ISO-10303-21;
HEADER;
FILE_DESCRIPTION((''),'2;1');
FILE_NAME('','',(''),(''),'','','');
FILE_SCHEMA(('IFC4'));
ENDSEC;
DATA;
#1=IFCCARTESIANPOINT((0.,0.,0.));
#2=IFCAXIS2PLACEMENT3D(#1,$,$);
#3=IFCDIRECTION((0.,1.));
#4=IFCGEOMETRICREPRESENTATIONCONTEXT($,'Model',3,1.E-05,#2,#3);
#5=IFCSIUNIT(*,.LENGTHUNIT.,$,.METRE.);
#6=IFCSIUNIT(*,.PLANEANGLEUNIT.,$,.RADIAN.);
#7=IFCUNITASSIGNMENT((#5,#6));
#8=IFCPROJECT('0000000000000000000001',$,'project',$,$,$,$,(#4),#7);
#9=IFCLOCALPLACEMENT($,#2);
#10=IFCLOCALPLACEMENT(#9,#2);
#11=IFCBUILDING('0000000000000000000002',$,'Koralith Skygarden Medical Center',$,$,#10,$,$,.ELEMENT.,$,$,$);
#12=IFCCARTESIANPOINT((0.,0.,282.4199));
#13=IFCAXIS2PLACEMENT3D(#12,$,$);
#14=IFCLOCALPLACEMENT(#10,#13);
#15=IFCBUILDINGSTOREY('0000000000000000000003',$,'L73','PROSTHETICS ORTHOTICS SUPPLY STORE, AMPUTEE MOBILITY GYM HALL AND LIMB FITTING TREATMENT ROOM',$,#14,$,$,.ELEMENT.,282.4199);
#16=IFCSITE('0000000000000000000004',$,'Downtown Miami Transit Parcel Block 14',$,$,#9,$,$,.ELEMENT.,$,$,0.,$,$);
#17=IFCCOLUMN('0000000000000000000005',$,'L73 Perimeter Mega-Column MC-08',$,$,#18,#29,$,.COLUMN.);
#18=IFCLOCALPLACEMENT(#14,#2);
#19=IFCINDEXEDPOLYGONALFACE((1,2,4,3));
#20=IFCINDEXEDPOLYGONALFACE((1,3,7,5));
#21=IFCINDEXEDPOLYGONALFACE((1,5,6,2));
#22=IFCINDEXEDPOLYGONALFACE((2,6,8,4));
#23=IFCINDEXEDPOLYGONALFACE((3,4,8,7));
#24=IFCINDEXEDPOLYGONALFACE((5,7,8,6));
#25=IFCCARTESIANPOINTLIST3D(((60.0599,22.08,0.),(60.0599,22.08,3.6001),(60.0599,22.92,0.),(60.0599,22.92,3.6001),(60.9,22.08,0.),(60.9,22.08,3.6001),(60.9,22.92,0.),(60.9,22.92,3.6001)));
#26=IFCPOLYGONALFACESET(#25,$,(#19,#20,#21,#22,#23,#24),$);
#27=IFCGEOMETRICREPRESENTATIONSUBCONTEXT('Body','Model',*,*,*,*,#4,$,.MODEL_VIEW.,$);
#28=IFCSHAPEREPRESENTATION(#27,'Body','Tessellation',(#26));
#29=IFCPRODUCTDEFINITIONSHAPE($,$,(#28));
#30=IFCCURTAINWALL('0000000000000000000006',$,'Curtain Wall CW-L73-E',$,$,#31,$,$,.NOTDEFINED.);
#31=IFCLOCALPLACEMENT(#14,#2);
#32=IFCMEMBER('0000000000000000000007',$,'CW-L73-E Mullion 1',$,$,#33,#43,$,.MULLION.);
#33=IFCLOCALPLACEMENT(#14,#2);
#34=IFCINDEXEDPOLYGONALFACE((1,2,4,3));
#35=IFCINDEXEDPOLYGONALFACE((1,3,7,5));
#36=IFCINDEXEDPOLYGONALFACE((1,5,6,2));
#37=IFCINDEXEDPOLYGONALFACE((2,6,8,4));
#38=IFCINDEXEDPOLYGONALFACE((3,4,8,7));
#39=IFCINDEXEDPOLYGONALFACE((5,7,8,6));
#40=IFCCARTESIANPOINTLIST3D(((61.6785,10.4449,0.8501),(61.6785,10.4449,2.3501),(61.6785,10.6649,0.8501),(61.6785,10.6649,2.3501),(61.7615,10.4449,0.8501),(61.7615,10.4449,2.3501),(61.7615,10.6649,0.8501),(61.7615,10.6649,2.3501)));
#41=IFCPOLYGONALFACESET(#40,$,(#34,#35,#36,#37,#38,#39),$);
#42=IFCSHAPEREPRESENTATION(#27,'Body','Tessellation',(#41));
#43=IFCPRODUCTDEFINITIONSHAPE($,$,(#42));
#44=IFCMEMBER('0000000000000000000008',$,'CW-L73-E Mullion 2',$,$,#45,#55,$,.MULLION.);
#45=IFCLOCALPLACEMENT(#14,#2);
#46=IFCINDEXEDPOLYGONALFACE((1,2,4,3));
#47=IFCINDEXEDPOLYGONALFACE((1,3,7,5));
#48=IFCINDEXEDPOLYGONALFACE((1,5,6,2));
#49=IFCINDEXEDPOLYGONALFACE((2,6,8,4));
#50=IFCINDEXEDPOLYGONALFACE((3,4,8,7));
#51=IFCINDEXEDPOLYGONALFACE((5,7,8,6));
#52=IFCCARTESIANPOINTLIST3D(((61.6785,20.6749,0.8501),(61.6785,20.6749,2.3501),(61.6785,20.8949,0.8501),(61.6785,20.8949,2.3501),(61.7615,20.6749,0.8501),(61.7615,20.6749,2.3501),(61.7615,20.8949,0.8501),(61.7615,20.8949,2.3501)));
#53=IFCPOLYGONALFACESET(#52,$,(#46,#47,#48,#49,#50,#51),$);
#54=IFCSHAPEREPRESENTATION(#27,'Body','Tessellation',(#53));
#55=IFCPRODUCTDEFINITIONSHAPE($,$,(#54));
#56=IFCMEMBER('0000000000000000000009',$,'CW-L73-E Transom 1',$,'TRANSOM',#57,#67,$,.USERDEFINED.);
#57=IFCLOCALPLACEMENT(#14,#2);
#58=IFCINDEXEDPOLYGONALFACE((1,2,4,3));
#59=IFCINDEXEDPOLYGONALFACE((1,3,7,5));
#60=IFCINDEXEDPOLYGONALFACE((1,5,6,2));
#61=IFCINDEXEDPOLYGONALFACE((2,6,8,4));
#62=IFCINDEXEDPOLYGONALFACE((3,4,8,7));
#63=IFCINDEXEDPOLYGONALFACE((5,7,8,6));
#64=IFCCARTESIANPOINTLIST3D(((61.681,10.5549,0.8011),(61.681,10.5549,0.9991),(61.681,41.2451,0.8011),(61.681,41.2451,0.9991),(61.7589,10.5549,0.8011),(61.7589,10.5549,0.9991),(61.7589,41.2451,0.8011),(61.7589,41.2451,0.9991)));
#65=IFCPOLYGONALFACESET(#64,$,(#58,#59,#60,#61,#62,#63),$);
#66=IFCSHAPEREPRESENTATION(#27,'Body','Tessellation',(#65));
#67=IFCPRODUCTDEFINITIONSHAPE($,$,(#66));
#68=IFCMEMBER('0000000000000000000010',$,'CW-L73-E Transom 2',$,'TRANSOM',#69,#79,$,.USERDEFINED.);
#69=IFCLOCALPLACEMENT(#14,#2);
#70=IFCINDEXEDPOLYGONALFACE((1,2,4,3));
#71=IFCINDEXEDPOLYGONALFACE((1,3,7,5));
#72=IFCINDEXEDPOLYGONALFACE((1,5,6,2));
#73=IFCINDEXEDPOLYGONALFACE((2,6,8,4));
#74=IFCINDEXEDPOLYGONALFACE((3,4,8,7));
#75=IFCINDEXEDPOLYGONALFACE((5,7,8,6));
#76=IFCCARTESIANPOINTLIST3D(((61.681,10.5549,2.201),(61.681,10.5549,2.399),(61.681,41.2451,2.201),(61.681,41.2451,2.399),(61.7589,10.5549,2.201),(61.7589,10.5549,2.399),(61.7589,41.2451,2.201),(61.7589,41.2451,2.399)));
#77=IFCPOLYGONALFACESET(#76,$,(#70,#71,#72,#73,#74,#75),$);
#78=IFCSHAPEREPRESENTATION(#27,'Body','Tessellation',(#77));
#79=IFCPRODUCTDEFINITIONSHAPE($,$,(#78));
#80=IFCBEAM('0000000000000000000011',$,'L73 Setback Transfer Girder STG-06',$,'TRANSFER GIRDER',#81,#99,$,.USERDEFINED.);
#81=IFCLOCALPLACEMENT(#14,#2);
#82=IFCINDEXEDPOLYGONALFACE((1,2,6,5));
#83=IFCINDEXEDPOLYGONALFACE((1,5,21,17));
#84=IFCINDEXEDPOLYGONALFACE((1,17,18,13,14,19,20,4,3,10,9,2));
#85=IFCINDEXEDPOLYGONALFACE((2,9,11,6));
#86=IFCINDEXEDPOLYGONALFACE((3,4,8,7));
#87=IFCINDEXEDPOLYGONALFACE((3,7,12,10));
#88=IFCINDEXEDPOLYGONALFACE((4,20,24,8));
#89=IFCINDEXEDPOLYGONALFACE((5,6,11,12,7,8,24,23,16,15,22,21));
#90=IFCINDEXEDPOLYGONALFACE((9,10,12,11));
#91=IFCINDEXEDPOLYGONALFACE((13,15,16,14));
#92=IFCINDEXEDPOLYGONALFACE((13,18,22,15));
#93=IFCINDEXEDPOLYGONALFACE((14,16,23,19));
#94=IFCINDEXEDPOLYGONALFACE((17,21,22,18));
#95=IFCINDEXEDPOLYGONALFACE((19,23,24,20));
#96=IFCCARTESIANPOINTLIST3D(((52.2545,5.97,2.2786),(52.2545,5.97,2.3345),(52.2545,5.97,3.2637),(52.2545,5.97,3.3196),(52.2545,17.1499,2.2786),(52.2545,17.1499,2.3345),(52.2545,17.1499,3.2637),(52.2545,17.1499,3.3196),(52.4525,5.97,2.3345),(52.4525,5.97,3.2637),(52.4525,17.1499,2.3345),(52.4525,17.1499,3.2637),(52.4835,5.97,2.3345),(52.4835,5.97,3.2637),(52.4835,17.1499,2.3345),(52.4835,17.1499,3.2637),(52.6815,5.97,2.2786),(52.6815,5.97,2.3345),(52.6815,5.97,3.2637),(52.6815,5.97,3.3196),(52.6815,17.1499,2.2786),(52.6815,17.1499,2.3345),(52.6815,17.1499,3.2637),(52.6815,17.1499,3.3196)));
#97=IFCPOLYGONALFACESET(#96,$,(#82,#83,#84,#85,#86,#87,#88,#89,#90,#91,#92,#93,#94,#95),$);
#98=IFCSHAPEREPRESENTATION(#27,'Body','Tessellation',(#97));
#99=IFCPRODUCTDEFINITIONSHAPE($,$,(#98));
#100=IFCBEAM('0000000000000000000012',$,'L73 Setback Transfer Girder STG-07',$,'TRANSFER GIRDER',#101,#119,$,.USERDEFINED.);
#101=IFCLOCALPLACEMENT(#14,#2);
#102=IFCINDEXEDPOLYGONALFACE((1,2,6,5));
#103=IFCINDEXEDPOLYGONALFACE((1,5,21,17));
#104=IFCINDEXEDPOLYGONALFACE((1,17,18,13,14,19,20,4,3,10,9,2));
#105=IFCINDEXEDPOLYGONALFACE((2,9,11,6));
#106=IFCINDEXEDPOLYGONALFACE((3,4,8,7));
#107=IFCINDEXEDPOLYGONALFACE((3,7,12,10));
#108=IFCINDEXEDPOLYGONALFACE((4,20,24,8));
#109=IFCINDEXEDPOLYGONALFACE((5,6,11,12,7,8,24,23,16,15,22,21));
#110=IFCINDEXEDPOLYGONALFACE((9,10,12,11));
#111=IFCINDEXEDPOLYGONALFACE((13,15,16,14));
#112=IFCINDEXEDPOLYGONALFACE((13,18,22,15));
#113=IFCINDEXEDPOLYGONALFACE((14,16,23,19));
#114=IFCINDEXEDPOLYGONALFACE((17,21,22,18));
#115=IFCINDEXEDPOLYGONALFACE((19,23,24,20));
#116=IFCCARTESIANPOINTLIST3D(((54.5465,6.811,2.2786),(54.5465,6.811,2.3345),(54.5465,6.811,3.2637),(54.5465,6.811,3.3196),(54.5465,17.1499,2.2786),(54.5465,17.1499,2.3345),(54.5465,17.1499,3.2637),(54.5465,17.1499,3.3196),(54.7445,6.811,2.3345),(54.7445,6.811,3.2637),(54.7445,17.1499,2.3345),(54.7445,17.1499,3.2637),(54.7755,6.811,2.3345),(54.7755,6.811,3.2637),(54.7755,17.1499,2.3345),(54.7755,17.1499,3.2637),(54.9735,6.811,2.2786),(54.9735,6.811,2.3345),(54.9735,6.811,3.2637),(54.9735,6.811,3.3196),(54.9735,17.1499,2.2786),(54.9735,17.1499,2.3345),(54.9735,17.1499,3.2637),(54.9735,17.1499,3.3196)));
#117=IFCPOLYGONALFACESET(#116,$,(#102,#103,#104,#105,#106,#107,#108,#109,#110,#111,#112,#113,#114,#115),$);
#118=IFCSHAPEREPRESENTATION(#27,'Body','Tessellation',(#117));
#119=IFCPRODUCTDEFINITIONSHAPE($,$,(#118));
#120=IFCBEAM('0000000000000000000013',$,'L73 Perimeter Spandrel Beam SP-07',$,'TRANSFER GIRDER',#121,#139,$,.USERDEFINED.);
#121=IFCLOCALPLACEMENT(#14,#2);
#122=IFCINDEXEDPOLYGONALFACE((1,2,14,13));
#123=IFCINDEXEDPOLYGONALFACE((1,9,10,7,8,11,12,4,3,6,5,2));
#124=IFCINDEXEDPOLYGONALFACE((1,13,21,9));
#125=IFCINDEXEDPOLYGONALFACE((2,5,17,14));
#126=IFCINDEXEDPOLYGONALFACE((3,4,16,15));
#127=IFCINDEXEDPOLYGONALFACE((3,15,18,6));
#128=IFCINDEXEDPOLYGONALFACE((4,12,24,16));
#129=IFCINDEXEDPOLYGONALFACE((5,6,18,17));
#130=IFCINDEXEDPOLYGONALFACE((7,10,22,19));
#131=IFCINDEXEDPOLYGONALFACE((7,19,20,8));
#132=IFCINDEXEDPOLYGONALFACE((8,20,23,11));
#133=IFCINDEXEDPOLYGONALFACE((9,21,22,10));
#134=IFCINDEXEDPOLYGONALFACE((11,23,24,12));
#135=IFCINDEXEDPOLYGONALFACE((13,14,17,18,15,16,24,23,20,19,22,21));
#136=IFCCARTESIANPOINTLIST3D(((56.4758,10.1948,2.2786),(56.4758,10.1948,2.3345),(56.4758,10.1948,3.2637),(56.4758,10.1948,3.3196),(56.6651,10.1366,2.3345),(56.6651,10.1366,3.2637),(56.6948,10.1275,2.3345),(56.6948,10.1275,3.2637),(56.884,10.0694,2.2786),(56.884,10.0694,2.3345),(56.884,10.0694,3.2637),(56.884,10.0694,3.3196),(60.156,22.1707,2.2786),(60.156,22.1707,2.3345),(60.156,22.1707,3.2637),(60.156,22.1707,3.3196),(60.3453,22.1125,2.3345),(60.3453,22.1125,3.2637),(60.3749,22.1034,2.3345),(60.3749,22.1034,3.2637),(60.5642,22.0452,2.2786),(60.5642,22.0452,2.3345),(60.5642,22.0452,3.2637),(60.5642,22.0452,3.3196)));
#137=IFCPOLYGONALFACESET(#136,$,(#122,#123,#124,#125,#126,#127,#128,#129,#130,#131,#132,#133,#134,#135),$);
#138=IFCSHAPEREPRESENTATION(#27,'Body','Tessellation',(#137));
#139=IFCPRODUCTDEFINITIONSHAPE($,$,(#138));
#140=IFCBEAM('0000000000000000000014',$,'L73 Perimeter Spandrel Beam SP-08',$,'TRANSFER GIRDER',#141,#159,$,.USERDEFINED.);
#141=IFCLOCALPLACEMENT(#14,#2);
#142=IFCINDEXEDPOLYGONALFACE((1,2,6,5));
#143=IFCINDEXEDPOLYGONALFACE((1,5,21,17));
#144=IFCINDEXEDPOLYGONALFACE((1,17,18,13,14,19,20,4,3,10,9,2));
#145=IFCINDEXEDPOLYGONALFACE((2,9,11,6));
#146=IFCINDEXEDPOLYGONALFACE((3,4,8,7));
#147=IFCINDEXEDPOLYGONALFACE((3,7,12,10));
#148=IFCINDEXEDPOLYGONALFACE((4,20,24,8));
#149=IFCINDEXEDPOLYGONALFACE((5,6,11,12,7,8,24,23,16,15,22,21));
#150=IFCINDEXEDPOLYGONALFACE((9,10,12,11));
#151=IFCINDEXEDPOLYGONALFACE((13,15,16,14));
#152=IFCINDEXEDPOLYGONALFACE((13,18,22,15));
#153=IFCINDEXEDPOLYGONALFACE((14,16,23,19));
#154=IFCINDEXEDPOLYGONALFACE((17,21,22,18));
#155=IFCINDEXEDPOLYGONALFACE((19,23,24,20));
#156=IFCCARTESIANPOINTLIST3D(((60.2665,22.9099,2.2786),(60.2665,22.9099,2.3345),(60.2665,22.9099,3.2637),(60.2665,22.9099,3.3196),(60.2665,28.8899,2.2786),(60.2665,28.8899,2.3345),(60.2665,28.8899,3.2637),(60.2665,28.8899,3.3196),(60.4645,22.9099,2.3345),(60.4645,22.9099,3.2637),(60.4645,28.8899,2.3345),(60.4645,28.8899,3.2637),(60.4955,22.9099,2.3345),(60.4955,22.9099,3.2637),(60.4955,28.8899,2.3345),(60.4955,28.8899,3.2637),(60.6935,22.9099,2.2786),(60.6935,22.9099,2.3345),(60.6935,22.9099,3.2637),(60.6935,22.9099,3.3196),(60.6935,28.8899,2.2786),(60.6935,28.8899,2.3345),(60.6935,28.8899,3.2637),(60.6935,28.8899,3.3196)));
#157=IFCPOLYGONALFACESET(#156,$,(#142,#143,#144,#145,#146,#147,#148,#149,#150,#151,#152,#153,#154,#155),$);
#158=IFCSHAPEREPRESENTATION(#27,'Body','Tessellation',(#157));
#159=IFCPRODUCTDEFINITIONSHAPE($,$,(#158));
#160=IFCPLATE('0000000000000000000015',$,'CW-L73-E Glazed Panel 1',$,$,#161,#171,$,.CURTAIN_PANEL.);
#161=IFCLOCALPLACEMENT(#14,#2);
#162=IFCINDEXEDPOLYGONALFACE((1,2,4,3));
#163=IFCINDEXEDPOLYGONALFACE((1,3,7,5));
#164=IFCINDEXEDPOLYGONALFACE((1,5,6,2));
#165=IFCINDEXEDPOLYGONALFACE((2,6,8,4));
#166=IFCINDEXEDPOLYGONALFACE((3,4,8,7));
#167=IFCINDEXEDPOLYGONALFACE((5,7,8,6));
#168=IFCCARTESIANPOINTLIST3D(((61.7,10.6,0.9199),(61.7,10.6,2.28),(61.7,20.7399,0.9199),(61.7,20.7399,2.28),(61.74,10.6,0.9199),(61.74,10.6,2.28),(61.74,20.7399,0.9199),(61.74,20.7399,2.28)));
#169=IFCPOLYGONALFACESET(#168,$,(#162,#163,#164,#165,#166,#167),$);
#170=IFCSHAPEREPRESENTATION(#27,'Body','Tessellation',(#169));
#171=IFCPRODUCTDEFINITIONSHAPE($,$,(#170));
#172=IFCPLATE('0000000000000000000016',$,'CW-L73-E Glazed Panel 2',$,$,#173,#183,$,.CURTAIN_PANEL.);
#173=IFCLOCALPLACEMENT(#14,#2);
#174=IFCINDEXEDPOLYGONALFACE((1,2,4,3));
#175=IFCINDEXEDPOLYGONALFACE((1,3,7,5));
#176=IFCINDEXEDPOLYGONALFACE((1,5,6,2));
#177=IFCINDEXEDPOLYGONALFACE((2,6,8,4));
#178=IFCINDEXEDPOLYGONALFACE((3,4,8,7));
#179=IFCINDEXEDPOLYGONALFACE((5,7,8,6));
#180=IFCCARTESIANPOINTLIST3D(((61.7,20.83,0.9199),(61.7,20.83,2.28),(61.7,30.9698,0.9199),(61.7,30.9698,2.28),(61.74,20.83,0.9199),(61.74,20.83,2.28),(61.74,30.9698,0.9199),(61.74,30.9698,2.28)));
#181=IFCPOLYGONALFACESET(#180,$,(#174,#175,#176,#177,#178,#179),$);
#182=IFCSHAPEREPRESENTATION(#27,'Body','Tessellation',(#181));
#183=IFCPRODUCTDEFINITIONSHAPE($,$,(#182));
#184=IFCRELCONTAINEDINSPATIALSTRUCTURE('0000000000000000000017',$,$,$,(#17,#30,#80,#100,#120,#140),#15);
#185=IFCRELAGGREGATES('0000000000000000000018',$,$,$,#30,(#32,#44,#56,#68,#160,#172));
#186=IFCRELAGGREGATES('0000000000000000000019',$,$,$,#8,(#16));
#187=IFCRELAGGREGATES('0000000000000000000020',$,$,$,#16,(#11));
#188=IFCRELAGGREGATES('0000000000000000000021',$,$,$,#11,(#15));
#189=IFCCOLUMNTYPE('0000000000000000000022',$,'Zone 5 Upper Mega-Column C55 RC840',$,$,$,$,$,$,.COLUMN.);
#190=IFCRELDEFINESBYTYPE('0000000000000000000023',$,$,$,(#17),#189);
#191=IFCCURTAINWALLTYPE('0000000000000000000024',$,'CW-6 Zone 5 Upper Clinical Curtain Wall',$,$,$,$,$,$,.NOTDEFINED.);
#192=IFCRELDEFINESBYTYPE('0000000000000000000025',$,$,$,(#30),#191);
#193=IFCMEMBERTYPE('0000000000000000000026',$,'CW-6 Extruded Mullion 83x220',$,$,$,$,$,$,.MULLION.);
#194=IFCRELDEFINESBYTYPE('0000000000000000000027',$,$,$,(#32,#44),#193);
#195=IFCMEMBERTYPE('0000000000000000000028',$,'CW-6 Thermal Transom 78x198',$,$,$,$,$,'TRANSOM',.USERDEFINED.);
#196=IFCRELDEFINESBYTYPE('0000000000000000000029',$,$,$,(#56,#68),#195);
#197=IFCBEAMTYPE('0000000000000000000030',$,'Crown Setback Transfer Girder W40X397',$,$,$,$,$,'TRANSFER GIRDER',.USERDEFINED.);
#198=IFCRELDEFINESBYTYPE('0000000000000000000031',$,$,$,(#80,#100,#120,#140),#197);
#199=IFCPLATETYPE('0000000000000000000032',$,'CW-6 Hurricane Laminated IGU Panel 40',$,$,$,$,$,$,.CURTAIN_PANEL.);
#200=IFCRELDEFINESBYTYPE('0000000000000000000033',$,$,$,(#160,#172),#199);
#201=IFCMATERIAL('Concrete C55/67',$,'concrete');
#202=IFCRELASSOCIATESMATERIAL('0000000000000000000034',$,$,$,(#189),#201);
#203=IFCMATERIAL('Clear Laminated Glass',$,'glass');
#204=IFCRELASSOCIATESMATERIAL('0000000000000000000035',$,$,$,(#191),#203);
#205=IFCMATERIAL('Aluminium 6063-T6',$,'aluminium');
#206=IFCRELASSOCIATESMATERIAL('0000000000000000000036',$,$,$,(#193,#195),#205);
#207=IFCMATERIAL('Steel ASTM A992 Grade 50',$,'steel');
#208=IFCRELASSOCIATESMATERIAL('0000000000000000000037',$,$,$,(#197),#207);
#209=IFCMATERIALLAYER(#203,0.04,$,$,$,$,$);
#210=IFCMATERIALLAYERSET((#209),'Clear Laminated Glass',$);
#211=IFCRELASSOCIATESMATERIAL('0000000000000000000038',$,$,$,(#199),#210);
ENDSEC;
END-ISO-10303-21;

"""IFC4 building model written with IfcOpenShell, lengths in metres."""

from ifc_helpers import new_model, si_unit, direction, frame, origin, origin_2d, place, context, subcontext, project, spatial, rectangle, i_section, extrude, material, layer, layer_set, material_profile, profile_set, type_object, element, aggregate, save


model = new_model("IFC4")

# Units and contexts
model_context = context("Model", 3, precision=1e-05, world=origin(), true_north=direction((0.0, 1.0)))
body_context = subcontext(model_context, "Body", "Model", "MODEL_VIEW")
ifc_project = project(units=[si_unit("LENGTHUNIT", "METRE"), si_unit("PLANEANGLEUNIT", "RADIAN")], contexts=[model_context])

# Site, building, storey
site_placement = place(None, origin())
site = spatial("IfcSite", under=ifc_project, at=site_placement, Name="Downtown Miami Transit Parcel Block 14", CompositionType="ELEMENT", RefElevation=0.0)
building_placement = place(site_placement, origin())
building = spatial("IfcBuilding", under=site, at=building_placement, Name="Koralith Skygarden Medical Center", CompositionType="ELEMENT")
storey_placement = place(building_placement, frame((0.0, 0.0, 282.4199)))
storey = spatial("IfcBuildingStorey", under=building, at=storey_placement, Name="L73", Description="PROSTHETICS ORTHOTICS SUPPLY STORE, AMPUTEE MOBILITY GYM HALL AND LIMB FITTING TREATMENT ROOM", CompositionType="ELEMENT", Elevation=282.4199)

# Column
ifc_material_1 = material(Name="Concrete C55/67", Category="concrete")
ifc_material_profile_1 = material_profile(ifc_material_1, rectangle(XDim=0.8401, YDim=0.8401, at=origin_2d()), Name="RC840X840")
ifc_profile_set_1 = profile_set([ifc_material_profile_1], Name="Concrete C55/67")
column_type = type_object("IfcColumnType", Name="Zone 5 Upper Mega-Column C55 RC840", PredefinedType="COLUMN", material=ifc_profile_set_1)
column_placement = place(storey_placement, frame((60.48, 22.5, 0.0), z_axis=(0.0, 0.0, 1.0), x_axis=(1.0, 0.0, 0.0)))
element("IfcColumn", 1, at=column_placement, inside=storey, type_object=column_type, Name="L73 Perimeter Mega-Column MC-08", PredefinedType="COLUMN", context=body_context, shape_type="SweptSolid", body=[
    extrude(rectangle(XDim=0.8401, YDim=0.8401, at=origin_2d()), origin(), (0.0, 0.0, 1.0), 3.6001),
])

# Curtain wall, members
ifc_material_2 = material(Name="Clear Laminated Glass", Category="glass")
curtain_wall_type = type_object("IfcCurtainWallType", Name="CW-6 Zone 5 Upper Clinical Curtain Wall", PredefinedType="NOTDEFINED", material=ifc_material_2)
curtain_wall_placement = place(storey_placement, origin())
curtain_wall = element("IfcCurtainWall", 2, at=curtain_wall_placement, inside=storey, type_object=curtain_wall_type, Name="Curtain Wall CW-L73-E", PredefinedType="NOTDEFINED")
ifc_material_3 = material(Name="Aluminium 6063-T6", Category="aluminium")
ifc_material_profile_2 = material_profile(ifc_material_3, rectangle(XDim=0.083, YDim=0.22, at=origin_2d()), Name="MUL83X220")
ifc_profile_set_2 = profile_set([ifc_material_profile_2], Name="Aluminium 6063-T6")
member_type_1 = type_object("IfcMemberType", Name="CW-6 Extruded Mullion 83x220", PredefinedType="MULLION", material=ifc_profile_set_2)
member_1_placement = place(storey_placement, frame((61.72, 10.5549, 0.8501), z_axis=(0.0, 0.0, 1.0), x_axis=(1.0, 0.0, 0.0)))
member_1 = element("IfcMember", 3, at=member_1_placement, type_object=member_type_1, Name="CW-L73-E Mullion 1", PredefinedType="MULLION", context=body_context, shape_type="SweptSolid", body=[
    extrude(rectangle(XDim=0.083, YDim=0.22, at=origin_2d()), origin(), (0.0, 0.0, 1.0), 1.5),
])
member_2_placement = place(storey_placement, frame((61.72, 20.7849, 0.8501), z_axis=(0.0, 0.0, 1.0), x_axis=(1.0, 0.0, 0.0)))
member_2 = element("IfcMember", 4, at=member_2_placement, type_object=member_type_1, Name="CW-L73-E Mullion 2", PredefinedType="MULLION", context=body_context, shape_type="SweptSolid", body=[
    extrude(rectangle(XDim=0.083, YDim=0.22, at=origin_2d()), origin(), (0.0, 0.0, 1.0), 1.5),
])
ifc_material_profile_3 = material_profile(ifc_material_3, rectangle(XDim=0.0779, YDim=0.198, at=origin_2d()), Name="TRN78X198")
ifc_profile_set_3 = profile_set([ifc_material_profile_3], Name="Aluminium 6063-T6")
member_type_2 = type_object("IfcMemberType", Name="CW-6 Thermal Transom 78x198", ElementType="TRANSOM", PredefinedType="USERDEFINED", material=ifc_profile_set_3)
member_3_placement = place(storey_placement, frame((61.72, 10.5549, 0.9001), z_axis=(0.0, 1.0, 0.0), x_axis=(-1.0, 0.0, 0.0)))
member_3 = element("IfcMember", 5, at=member_3_placement, type_object=member_type_2, Name="CW-L73-E Transom 1", ObjectType="TRANSOM", PredefinedType="USERDEFINED", context=body_context, shape_type="SweptSolid", body=[
    extrude(rectangle(XDim=0.0779, YDim=0.198, at=origin_2d()), origin(), (0.0, 0.0, 1.0), 30.6902),
])
member_4_placement = place(storey_placement, frame((61.72, 10.5549, 2.3), z_axis=(0.0, 1.0, 0.0), x_axis=(-1.0, 0.0, 0.0)))
member_4 = element("IfcMember", 6, at=member_4_placement, type_object=member_type_2, Name="CW-L73-E Transom 2", ObjectType="TRANSOM", PredefinedType="USERDEFINED", context=body_context, shape_type="SweptSolid", body=[
    extrude(rectangle(XDim=0.0779, YDim=0.198, at=origin_2d()), origin(), (0.0, 0.0, 1.0), 30.6902),
])

# Beams
ifc_material_4 = material(Name="Steel ASTM A992 Grade 50", Category="steel")
ifc_material_profile_4 = material_profile(ifc_material_4, i_section(OverallWidth=0.427, OverallDepth=1.041, WebThickness=0.031, FlangeThickness=0.0559, at=origin_2d()), Name="W40X397")
ifc_profile_set_4 = profile_set([ifc_material_profile_4], Name="Steel ASTM A992 Grade 50")
beam_type = type_object("IfcBeamType", Name="Crown Setback Transfer Girder W40X397", ElementType="TRANSFER GIRDER", PredefinedType="USERDEFINED", material=ifc_profile_set_4)
beam_1_placement = place(storey_placement, frame((52.468, 17.1499, 2.7991), z_axis=(0.0, -1.0, 0.0), x_axis=(1.0, 0.0, 0.0)))
element("IfcBeam", 7, at=beam_1_placement, inside=storey, type_object=beam_type, Name="L73 Setback Transfer Girder STG-06", ObjectType="TRANSFER GIRDER", PredefinedType="USERDEFINED", context=body_context, shape_type="SweptSolid", body=[
    extrude(i_section(OverallWidth=0.427, OverallDepth=1.041, WebThickness=0.031, FlangeThickness=0.0559, at=origin_2d()), origin(), (0.0, 0.0, 1.0), 11.1799),
])
beam_2_placement = place(storey_placement, frame((54.76, 17.1499, 2.7991), z_axis=(0.0, -1.0, 0.0), x_axis=(1.0, 0.0, 0.0)))
element("IfcBeam", 8, at=beam_2_placement, inside=storey, type_object=beam_type, Name="L73 Setback Transfer Girder STG-07", ObjectType="TRANSFER GIRDER", PredefinedType="USERDEFINED", context=body_context, shape_type="SweptSolid", body=[
    extrude(i_section(OverallWidth=0.427, OverallDepth=1.041, WebThickness=0.031, FlangeThickness=0.0559, at=origin_2d()), origin(), (0.0, 0.0, 1.0), 10.3389),
])
beam_3_placement = place(storey_placement, frame((56.6799, 10.1321, 2.7991), z_axis=(0.293743, 0.955884, 0.0), x_axis=(-0.955884, 0.293743, 0.0)))
element("IfcBeam", 9, at=beam_3_placement, inside=storey, type_object=beam_type, Name="L73 Perimeter Spandrel Beam SP-07", ObjectType="TRANSFER GIRDER", PredefinedType="USERDEFINED", context=body_context, shape_type="SweptSolid", body=[
    extrude(i_section(OverallWidth=0.427, OverallDepth=1.041, WebThickness=0.031, FlangeThickness=0.0559, at=origin_2d()), origin(), (0.0, 0.0, 1.0), 12.5286),
])
beam_4_placement = place(storey_placement, frame((60.48, 22.9099, 2.7991), z_axis=(0.0, 1.0, 0.0), x_axis=(-1.0, 0.0, 0.0)))
element("IfcBeam", 10, at=beam_4_placement, inside=storey, type_object=beam_type, Name="L73 Perimeter Spandrel Beam SP-08", ObjectType="TRANSFER GIRDER", PredefinedType="USERDEFINED", context=body_context, shape_type="SweptSolid", body=[
    extrude(i_section(OverallWidth=0.427, OverallDepth=1.041, WebThickness=0.031, FlangeThickness=0.0559, at=origin_2d()), origin(), (0.0, 0.0, 1.0), 5.98),
])

# Plates
ifc_layer_1 = layer(ifc_material_2, 0.04)
ifc_layer_set_1 = layer_set([ifc_layer_1], Name="Clear Laminated Glass")
plate_type = type_object("IfcPlateType", Name="CW-6 Hurricane Laminated IGU Panel 40", PredefinedType="CURTAIN_PANEL", material=ifc_layer_set_1)
plate_1_placement = place(storey_placement, frame((61.72, 15.6699, 0.9199), z_axis=(0.0, 0.0, 1.0), x_axis=(0.0, 1.0, 0.0)))
plate_1 = element("IfcPlate", 11, at=plate_1_placement, type_object=plate_type, Name="CW-L73-E Glazed Panel 1", PredefinedType="CURTAIN_PANEL", context=body_context, shape_type="SweptSolid", body=[
    extrude(rectangle(XDim=10.1399, YDim=0.04, at=origin_2d()), origin(), (0.0, 0.0, 1.0), 1.3601),
])
plate_2_placement = place(storey_placement, frame((61.72, 25.8999, 0.9199), z_axis=(0.0, 0.0, 1.0), x_axis=(0.0, 1.0, 0.0)))
plate_2 = element("IfcPlate", 12, at=plate_2_placement, type_object=plate_type, Name="CW-L73-E Glazed Panel 2", PredefinedType="CURTAIN_PANEL", context=body_context, shape_type="SweptSolid", body=[
    extrude(rectangle(XDim=10.1399, YDim=0.04, at=origin_2d()), origin(), (0.0, 0.0, 1.0), 1.3601),
])
aggregate(curtain_wall, [member_1, member_2, member_3, member_4, plate_1, plate_2])

save(model, "model.ifc")
